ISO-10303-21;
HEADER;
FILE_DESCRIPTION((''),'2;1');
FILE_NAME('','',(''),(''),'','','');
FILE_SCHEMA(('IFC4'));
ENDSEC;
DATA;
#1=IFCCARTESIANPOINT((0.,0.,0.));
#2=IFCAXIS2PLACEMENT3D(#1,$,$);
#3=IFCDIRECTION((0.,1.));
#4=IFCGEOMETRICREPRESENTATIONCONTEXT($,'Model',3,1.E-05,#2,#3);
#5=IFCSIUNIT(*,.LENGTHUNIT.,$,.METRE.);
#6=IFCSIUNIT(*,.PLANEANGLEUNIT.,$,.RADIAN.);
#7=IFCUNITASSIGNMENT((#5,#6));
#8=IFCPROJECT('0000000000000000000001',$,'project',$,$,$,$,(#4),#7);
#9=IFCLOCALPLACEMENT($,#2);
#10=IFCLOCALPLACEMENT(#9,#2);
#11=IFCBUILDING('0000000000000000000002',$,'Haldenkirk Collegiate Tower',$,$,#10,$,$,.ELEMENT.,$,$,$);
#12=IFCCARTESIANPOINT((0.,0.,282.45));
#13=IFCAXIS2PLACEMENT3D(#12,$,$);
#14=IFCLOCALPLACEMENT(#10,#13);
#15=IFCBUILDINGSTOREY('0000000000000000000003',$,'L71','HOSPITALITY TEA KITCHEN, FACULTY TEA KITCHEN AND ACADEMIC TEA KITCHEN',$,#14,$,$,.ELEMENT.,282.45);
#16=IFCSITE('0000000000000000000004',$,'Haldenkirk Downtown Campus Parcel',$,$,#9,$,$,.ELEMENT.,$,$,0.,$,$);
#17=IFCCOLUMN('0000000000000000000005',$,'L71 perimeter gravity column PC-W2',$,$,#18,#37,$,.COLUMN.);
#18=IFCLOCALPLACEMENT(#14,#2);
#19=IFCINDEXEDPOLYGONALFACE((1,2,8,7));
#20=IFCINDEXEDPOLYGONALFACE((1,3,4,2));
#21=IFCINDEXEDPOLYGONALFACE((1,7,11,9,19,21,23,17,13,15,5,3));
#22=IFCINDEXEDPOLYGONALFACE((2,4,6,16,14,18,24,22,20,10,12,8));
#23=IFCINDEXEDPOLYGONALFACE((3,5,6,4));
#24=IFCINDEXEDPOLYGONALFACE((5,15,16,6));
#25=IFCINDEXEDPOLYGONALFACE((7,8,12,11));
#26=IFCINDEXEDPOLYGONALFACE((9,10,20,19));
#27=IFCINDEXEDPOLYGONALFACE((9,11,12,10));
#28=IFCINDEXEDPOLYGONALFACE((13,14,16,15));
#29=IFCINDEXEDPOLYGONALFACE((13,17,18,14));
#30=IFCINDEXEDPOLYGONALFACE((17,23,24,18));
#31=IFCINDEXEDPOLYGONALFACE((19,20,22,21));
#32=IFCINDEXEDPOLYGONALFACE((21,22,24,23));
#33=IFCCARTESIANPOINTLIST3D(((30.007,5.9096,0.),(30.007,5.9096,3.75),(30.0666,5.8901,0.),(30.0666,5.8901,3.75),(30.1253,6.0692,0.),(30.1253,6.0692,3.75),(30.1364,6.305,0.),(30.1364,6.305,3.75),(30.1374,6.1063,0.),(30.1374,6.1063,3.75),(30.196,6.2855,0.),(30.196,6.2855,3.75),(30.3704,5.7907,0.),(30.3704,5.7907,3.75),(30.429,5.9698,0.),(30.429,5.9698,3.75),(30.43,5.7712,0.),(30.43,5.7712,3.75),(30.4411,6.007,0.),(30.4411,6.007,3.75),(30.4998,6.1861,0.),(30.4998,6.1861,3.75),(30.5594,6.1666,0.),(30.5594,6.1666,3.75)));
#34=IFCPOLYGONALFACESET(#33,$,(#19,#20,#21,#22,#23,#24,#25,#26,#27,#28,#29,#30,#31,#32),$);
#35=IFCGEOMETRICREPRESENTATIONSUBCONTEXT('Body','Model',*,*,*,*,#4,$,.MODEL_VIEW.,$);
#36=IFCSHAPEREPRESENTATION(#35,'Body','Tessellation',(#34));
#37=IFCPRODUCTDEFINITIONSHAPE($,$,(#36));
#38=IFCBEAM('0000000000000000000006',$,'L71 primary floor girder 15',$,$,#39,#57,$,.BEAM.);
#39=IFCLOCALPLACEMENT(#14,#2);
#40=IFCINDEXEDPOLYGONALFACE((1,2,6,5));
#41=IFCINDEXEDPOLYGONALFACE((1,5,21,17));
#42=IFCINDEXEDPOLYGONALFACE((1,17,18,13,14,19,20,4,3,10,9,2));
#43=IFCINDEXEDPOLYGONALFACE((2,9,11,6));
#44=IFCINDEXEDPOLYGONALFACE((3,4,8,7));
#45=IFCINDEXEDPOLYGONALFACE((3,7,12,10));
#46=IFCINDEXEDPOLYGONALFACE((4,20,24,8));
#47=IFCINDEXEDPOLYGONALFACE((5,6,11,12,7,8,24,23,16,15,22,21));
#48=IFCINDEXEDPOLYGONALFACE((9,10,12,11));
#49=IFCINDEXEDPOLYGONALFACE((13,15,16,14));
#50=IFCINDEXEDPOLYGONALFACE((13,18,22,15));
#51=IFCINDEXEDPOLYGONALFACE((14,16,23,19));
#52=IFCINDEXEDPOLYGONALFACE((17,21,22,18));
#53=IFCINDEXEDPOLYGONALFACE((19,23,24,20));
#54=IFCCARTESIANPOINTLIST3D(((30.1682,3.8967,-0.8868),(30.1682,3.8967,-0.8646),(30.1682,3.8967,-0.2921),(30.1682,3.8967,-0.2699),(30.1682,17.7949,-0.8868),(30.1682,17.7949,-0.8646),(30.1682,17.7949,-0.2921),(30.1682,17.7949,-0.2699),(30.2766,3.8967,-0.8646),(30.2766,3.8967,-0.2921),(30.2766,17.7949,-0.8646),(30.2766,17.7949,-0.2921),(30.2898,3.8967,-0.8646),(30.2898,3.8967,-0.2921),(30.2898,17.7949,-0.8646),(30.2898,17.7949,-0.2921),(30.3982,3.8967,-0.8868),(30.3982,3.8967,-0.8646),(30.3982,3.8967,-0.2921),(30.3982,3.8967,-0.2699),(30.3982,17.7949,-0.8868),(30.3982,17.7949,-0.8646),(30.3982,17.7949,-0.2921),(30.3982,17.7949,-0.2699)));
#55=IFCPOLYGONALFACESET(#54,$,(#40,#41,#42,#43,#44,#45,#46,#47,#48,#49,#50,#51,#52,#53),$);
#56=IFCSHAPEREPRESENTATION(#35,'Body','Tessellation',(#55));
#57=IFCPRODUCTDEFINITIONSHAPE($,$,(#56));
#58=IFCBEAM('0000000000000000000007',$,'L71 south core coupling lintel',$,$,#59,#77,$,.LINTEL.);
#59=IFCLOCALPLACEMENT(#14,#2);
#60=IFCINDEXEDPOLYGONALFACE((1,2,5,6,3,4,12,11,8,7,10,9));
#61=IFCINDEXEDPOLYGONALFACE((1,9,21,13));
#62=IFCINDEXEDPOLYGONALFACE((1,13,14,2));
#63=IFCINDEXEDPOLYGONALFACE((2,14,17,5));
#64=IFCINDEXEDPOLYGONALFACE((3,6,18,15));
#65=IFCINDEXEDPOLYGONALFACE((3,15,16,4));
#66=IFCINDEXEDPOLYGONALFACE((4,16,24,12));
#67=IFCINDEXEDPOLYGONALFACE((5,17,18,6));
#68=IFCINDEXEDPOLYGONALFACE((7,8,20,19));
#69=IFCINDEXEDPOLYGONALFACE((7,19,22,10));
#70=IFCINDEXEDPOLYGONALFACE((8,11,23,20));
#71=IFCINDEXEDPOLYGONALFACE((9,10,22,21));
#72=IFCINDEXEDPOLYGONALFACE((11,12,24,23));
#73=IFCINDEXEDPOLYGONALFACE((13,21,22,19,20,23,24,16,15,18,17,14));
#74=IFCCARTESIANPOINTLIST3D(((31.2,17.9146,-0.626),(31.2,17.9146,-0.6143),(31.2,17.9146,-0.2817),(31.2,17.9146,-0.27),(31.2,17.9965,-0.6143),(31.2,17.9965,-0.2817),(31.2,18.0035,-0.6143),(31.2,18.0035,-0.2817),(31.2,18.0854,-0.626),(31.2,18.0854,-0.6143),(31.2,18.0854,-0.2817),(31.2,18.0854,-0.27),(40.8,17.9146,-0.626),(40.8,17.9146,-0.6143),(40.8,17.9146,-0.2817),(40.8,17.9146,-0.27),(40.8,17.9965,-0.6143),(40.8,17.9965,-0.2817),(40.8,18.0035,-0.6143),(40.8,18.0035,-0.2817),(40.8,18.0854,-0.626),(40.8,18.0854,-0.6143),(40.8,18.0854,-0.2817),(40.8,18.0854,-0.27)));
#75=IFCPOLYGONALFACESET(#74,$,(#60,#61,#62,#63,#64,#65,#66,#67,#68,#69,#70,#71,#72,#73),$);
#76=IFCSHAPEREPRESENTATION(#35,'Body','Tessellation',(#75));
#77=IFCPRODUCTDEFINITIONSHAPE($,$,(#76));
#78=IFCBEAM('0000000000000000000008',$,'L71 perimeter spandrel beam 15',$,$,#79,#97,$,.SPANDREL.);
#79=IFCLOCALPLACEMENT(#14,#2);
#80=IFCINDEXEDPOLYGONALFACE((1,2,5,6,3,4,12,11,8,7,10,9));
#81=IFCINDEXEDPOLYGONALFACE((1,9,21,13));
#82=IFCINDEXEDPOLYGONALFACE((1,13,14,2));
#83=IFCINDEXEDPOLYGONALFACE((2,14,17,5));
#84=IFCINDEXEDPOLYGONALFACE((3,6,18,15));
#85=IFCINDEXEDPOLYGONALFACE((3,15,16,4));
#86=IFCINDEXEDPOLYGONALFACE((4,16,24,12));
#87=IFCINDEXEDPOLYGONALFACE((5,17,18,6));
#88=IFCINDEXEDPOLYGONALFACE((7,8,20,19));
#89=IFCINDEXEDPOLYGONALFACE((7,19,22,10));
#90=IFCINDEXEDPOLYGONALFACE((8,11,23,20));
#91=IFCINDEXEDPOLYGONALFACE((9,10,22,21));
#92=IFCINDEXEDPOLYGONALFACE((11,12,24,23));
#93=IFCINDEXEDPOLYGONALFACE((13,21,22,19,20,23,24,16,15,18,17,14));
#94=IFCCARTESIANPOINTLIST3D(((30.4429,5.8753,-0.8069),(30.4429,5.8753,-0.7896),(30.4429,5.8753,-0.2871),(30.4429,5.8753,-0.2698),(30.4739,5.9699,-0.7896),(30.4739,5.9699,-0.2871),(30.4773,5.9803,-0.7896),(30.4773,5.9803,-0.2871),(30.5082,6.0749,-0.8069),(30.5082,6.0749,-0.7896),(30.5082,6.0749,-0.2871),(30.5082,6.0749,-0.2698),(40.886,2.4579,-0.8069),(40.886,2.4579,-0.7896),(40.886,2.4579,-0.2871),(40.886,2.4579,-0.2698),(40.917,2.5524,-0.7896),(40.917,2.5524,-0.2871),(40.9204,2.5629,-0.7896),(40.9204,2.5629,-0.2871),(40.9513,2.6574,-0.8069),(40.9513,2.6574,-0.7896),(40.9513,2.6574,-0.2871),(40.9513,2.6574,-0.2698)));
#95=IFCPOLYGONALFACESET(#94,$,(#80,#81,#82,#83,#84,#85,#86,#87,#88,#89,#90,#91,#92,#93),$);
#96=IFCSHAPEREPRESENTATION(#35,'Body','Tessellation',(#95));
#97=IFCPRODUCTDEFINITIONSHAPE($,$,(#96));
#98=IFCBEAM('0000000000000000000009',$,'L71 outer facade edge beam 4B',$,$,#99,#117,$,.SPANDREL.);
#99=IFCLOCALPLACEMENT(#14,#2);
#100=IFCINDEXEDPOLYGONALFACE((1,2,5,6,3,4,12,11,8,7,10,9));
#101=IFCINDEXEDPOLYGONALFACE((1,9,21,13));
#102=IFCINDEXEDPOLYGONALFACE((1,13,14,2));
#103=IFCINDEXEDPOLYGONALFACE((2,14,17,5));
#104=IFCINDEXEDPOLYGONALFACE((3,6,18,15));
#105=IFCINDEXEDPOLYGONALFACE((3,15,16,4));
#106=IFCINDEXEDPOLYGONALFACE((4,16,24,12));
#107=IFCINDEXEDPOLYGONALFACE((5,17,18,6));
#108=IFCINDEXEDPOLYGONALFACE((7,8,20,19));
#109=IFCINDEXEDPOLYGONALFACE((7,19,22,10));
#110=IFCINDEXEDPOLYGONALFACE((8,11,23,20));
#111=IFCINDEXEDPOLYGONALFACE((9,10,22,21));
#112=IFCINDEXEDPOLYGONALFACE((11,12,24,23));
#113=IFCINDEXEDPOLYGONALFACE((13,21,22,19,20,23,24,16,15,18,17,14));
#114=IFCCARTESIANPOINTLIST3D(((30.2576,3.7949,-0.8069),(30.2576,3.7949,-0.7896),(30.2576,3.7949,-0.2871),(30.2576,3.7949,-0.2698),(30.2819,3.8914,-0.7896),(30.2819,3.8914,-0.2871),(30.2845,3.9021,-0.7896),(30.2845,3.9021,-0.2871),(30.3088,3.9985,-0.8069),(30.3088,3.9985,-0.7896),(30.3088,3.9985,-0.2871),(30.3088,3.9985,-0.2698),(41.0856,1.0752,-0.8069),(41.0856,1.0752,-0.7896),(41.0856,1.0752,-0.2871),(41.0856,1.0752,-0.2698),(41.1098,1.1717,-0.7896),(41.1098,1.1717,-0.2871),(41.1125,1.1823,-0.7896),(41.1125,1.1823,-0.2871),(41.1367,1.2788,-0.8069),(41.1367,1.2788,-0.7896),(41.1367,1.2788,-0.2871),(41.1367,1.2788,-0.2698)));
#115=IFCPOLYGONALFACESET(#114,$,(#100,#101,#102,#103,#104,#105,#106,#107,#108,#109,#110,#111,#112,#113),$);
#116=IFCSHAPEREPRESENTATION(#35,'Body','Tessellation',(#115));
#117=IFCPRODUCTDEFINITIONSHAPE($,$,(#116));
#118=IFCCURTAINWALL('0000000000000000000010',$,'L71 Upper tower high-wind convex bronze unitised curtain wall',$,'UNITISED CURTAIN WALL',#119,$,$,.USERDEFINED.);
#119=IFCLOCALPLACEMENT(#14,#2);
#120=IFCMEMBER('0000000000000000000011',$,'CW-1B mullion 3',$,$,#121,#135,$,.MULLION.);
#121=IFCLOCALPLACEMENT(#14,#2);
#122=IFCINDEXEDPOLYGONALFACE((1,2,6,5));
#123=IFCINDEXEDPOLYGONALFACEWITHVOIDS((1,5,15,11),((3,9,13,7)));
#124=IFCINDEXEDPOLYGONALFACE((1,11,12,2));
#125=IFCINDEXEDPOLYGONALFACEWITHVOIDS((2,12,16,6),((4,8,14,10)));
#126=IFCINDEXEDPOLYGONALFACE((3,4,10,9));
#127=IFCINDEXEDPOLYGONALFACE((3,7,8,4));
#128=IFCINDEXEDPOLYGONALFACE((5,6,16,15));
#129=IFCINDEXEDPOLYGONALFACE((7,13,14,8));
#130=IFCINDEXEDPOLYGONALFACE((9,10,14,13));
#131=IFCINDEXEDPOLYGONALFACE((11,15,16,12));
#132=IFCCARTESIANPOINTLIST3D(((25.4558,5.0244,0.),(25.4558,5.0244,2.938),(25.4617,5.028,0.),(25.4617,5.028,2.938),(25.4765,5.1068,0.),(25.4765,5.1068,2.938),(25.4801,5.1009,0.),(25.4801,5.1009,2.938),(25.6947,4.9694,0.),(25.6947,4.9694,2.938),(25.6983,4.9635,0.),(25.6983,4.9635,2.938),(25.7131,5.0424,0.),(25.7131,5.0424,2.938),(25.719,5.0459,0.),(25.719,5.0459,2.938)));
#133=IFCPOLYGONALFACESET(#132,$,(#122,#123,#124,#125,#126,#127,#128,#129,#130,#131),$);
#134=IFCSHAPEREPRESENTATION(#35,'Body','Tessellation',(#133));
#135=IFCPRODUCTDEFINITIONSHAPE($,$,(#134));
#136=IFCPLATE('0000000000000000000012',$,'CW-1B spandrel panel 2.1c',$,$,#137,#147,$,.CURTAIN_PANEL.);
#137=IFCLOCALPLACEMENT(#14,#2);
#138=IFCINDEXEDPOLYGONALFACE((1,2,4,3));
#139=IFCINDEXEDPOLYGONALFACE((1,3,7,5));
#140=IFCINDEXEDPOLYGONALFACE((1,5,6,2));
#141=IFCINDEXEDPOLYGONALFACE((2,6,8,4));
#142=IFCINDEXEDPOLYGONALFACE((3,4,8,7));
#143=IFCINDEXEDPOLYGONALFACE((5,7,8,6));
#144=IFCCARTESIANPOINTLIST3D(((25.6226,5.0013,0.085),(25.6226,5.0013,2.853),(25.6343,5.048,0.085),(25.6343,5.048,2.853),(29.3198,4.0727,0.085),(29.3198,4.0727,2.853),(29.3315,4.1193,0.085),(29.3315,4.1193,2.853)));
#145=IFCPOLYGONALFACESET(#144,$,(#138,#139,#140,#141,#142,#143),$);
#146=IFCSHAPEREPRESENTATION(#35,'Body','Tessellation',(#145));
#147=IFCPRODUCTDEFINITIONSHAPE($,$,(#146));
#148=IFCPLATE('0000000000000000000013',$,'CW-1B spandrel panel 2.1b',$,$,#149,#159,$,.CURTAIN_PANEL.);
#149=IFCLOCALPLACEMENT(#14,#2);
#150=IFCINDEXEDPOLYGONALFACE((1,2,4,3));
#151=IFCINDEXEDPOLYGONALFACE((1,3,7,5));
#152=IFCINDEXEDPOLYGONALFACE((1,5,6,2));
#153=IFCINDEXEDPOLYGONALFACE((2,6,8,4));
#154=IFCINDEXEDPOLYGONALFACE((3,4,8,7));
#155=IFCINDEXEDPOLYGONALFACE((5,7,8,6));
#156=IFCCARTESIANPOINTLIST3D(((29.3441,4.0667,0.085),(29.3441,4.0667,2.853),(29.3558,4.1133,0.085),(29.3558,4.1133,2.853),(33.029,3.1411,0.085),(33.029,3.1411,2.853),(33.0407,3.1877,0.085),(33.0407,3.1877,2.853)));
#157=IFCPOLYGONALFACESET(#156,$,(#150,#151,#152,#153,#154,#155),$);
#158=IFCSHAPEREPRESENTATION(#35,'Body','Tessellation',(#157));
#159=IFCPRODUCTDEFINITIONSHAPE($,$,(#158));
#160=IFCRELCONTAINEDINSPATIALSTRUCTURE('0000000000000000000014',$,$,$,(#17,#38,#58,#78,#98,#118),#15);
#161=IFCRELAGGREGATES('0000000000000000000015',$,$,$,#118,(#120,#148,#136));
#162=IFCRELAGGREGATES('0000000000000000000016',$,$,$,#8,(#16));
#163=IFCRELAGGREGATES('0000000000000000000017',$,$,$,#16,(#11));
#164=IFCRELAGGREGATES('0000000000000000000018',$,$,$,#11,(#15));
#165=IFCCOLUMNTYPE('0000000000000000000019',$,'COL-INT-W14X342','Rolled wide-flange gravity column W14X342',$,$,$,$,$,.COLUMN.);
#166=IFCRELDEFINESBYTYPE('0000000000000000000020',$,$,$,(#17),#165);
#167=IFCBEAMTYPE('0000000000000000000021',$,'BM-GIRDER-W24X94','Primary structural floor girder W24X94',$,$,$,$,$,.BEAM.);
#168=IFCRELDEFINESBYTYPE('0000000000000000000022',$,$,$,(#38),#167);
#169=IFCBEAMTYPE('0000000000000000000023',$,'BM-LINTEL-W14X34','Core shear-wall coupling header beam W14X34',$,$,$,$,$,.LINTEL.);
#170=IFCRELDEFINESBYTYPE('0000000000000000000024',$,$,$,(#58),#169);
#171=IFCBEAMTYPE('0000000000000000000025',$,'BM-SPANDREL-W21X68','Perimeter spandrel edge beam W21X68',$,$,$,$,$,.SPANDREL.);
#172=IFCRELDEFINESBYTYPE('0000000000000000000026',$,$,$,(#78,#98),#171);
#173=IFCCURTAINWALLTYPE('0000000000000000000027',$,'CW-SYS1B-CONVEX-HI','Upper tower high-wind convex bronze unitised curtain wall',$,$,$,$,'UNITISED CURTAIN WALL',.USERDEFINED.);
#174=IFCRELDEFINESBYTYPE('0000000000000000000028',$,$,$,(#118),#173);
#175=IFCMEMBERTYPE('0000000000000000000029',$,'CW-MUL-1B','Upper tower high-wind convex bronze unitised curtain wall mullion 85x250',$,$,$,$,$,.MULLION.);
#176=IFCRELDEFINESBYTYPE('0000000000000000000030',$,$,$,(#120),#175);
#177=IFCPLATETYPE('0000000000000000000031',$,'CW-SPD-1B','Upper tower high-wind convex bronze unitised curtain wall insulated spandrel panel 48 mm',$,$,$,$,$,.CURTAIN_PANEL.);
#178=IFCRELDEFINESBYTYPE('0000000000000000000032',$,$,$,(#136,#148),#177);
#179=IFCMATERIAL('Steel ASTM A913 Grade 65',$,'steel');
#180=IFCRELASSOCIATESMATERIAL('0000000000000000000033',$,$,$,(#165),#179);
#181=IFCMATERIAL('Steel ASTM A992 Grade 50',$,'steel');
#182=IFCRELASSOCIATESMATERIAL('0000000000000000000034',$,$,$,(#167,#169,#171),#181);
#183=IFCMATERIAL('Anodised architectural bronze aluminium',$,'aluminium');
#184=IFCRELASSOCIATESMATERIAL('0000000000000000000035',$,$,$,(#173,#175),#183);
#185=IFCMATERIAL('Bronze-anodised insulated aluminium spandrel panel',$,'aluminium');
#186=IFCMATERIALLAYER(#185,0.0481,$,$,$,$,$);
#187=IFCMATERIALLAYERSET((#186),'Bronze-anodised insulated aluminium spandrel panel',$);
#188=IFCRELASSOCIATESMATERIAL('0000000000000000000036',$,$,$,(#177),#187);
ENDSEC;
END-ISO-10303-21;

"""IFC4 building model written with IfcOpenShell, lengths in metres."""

from ifc_helpers import new_model, si_unit, direction, frame, origin, origin_2d, place, context, subcontext, project, spatial, rectangle, hollow_rectangle, i_section, extrude, source, transform, mapped, material, layer, layer_set, material_profile, profile_set, type_object, element, aggregate, save


model = new_model("IFC4")

# Units and contexts
model_context = context("Model", 3, precision=1e-05, world=origin(), true_north=direction((0.0, 1.0)))
body_context = subcontext(model_context, "Body", "Model", "MODEL_VIEW")
ifc_project = project(units=[si_unit("LENGTHUNIT", "METRE"), si_unit("PLANEANGLEUNIT", "RADIAN")], contexts=[model_context])

# Site, building, storey
site_placement = place(None, origin())
site = spatial("IfcSite", under=ifc_project, at=site_placement, Name="Haldenkirk Downtown Campus Parcel", CompositionType="ELEMENT", RefElevation=0.0)
building_placement = place(site_placement, origin())
building = spatial("IfcBuilding", under=site, at=building_placement, Name="Haldenkirk Collegiate Tower", CompositionType="ELEMENT")
storey_placement = place(building_placement, frame((0.0, 0.0, 282.45)))
storey = spatial("IfcBuildingStorey", under=building, at=storey_placement, Name="L71", Description="HOSPITALITY TEA KITCHEN, FACULTY TEA KITCHEN AND ACADEMIC TEA KITCHEN", CompositionType="ELEMENT", Elevation=282.45)

# Column
ifc_material_1 = material(Name="Steel ASTM A913 Grade 65", Category="steel")
ifc_material_profile_1 = material_profile(ifc_material_1, i_section(OverallWidth=0.416, OverallDepth=0.4451, WebThickness=0.0391, FlangeThickness=0.0627, at=origin_2d()), Name="W14X342")
ifc_profile_set_1 = profile_set([ifc_material_profile_1], Name="Steel ASTM A913 Grade 65")
column_type = type_object("IfcColumnType", Name="COL-INT-W14X342", Description="Rolled wide-flange gravity column W14X342", PredefinedType="COLUMN", material=ifc_profile_set_1)
column_placement = place(storey_placement, frame((30.2832, 6.0381, 0.0), z_axis=(0.0, 0.0, 1.0), x_axis=(0.311008, 0.950407, 0.0)))
element("IfcColumn", 1, at=column_placement, inside=storey, type_object=column_type, Name="L71 perimeter gravity column PC-W2", PredefinedType="COLUMN", context=body_context, shape_type="SweptSolid", body=[
    extrude(i_section(OverallWidth=0.416, OverallDepth=0.4451, WebThickness=0.0391, FlangeThickness=0.0627, at=origin_2d()), origin(), (0.0, 0.0, 1.0), 3.75),
])

# Beams
ifc_material_2 = material(Name="Steel ASTM A992 Grade 50", Category="steel")
ifc_material_profile_2 = material_profile(ifc_material_2, i_section(OverallWidth=0.23, OverallDepth=0.6169, WebThickness=0.0132, FlangeThickness=0.0222, at=origin_2d()), Name="W24X94")
ifc_profile_set_2 = profile_set([ifc_material_profile_2], Name="Steel ASTM A992 Grade 50")
beam_type_1 = type_object("IfcBeamType", Name="BM-GIRDER-W24X94", Description="Primary structural floor girder W24X94", PredefinedType="BEAM", material=ifc_profile_set_2)
beam_1_placement = place(storey_placement, frame((30.2832, 3.8967, -0.5784), z_axis=(0.0, 1.0, 0.0), x_axis=(-1.0, 0.0, 0.0)))
element("IfcBeam", 2, at=beam_1_placement, inside=storey, type_object=beam_type_1, Name="L71 primary floor girder 15", PredefinedType="BEAM", context=body_context, shape_type="SweptSolid", body=[
    extrude(i_section(OverallWidth=0.23, OverallDepth=0.6169, WebThickness=0.0132, FlangeThickness=0.0222, at=origin_2d()), origin(), (0.0, 0.0, 1.0), 13.8982),
])
ifc_material_profile_3 = material_profile(ifc_material_2, i_section(OverallWidth=0.1709, OverallDepth=0.356, WebThickness=0.0071, FlangeThickness=0.0117, at=origin_2d()), Name="W14X34")
ifc_profile_set_3 = profile_set([ifc_material_profile_3], Name="Steel ASTM A992 Grade 50")
beam_type_2 = type_object("IfcBeamType", Name="BM-LINTEL-W14X34", Description="Core shear-wall coupling header beam W14X34", PredefinedType="LINTEL", material=ifc_profile_set_3)
beam_2_placement = place(storey_placement, frame((31.2, 18.0, -0.448), z_axis=(1.0, 0.0, 0.0), x_axis=(0.0, 1.0, 0.0)))
element("IfcBeam", 3, at=beam_2_placement, inside=storey, type_object=beam_type_2, Name="L71 south core coupling lintel", PredefinedType="LINTEL", context=body_context, shape_type="SweptSolid", body=[
    extrude(i_section(OverallWidth=0.1709, OverallDepth=0.356, WebThickness=0.0071, FlangeThickness=0.0117, at=origin_2d()), origin(), (0.0, 0.0, 1.0), 9.6001),
])
ifc_material_profile_4 = material_profile(ifc_material_2, i_section(OverallWidth=0.21, OverallDepth=0.5371, WebThickness=0.011, FlangeThickness=0.0173, at=origin_2d()), Name="W21X68")
ifc_profile_set_4 = profile_set([ifc_material_profile_4], Name="Steel ASTM A992 Grade 50")
beam_type_3 = type_object("IfcBeamType", Name="BM-SPANDREL-W21X68", Description="Perimeter spandrel edge beam W21X68", PredefinedType="SPANDREL", material=ifc_profile_set_4)
beam_3_placement = place(storey_placement, frame((30.4756, 5.9751, -0.5383), z_axis=(0.950404, -0.311017, 0.0), x_axis=(0.311017, 0.950404, 0.0)))
element("IfcBeam", 4, at=beam_3_placement, inside=storey, type_object=beam_type_3, Name="L71 perimeter spandrel beam 15", PredefinedType="SPANDREL", context=body_context, shape_type="SweptSolid", body=[
    extrude(i_section(OverallWidth=0.21, OverallDepth=0.5371, WebThickness=0.011, FlangeThickness=0.0173, at=origin_2d()), origin(), (0.0, 0.0, 1.0), 10.988),
])
beam_4_placement = place(storey_placement, frame((30.2832, 3.8967, -0.5383), z_axis=(0.969873, -0.243611, 0.0), x_axis=(0.243611, 0.969873, 0.0)))
element("IfcBeam", 5, at=beam_4_placement, inside=storey, type_object=beam_type_3, Name="L71 outer facade edge beam 4B", PredefinedType="SPANDREL", context=body_context, shape_type="SweptSolid", body=[
    extrude(i_section(OverallWidth=0.21, OverallDepth=0.5371, WebThickness=0.011, FlangeThickness=0.0173, at=origin_2d()), origin(), (0.0, 0.0, 1.0), 11.1643),
])

# Curtain wall, member, plates
ifc_material_3 = material(Name="Anodised architectural bronze aluminium", Category="aluminium")
curtain_wall_type = type_object("IfcCurtainWallType", Name="CW-SYS1B-CONVEX-HI", Description="Upper tower high-wind convex bronze unitised curtain wall", ElementType="UNITISED CURTAIN WALL", PredefinedType="USERDEFINED", material=ifc_material_3)
curtain_wall_placement = place(storey_placement, origin())
curtain_wall = element("IfcCurtainWall", 6, at=curtain_wall_placement, inside=storey, type_object=curtain_wall_type, Name="L71 Upper tower high-wind convex bronze unitised curtain wall", ObjectType="UNITISED CURTAIN WALL", PredefinedType="USERDEFINED")
ifc_material_profile_5 = material_profile(ifc_material_3, hollow_rectangle(XDim=0.085, YDim=0.25, WallThickness=0.0049, at=origin_2d()), Name="CW-MUL-1B")
ifc_profile_set_5 = profile_set([ifc_material_profile_5], Name="Anodised architectural bronze aluminium")
member_type = type_object("IfcMemberType", Name="CW-MUL-1B", Description="Upper tower high-wind convex bronze unitised curtain wall mullion 85x250", PredefinedType="MULLION", material=ifc_profile_set_5)
member_placement = place(storey_placement, frame((25.5874, 5.0352, 0.0), z_axis=(0.0, 0.0, 1.0), x_axis=(-0.243611, -0.969873, 0.0)))
member = element("IfcMember", 7, at=member_placement, type_object=member_type, Name="CW-1B mullion 3", PredefinedType="MULLION", context=body_context, shape_type="SweptSolid", body=[
    extrude(hollow_rectangle(XDim=0.085, YDim=0.25, WallThickness=0.0049, at=origin_2d()), origin(), (0.0, 0.0, 1.0), 2.938),
])
ifc_material_4 = material(Name="Bronze-anodised insulated aluminium spandrel panel", Category="aluminium")
ifc_layer_1 = layer(ifc_material_4, 0.0481)
ifc_layer_set_1 = layer_set([ifc_layer_1], Name="Bronze-anodised insulated aluminium spandrel panel")
plate_type = type_object("IfcPlateType", Name="CW-SPD-1B", Description="Upper tower high-wind convex bronze unitised curtain wall insulated spandrel panel 48 mm", PredefinedType="CURTAIN_PANEL", material=ifc_layer_set_1)
shared_shape_1 = source(origin(), body_context, "Body", "SweptSolid", [
    extrude(rectangle(XDim=3.812, YDim=0.0481, at=origin_2d()), origin(), (0.0, 0.0, 1.0), 2.7681),
])
plate_1_placement = place(storey_placement, frame((27.4771, 4.5603, 0.085), z_axis=(0.0, 0.0, 1.0), x_axis=(-0.969873, 0.243611, 0.0)))
plate_1 = element("IfcPlate", 8, at=plate_1_placement, type_object=plate_type, Name="CW-1B spandrel panel 2.1c", PredefinedType="CURTAIN_PANEL", context=body_context, shape_type="MappedRepresentation", body=[
    mapped(shared_shape_1, transform((0.0, 0.0, 0.0), x_axis=(1.0, 0.0, 0.0), y_axis=(0.0, 1.0, 0.0), z_axis=(0.0, 0.0, 1.0), scale=1.0)),
])
shared_shape_2 = source(origin(), body_context, "Body", "SweptSolid", [
    extrude(rectangle(XDim=3.7993, YDim=0.0481, at=origin_2d()), origin(), (0.0, 0.0, 1.0), 2.7681),
])
plate_2_placement = place(storey_placement, frame((31.1924, 3.6272, 0.085), z_axis=(0.0, 0.0, 1.0), x_axis=(-0.969873, 0.243611, 0.0)))
plate_2 = element("IfcPlate", 9, at=plate_2_placement, type_object=plate_type, Name="CW-1B spandrel panel 2.1b", PredefinedType="CURTAIN_PANEL", context=body_context, shape_type="MappedRepresentation", body=[
    mapped(shared_shape_2, transform((0.0, 0.0, 0.0), x_axis=(1.0, 0.0, 0.0), y_axis=(0.0, 1.0, 0.0), z_axis=(0.0, 0.0, 1.0), scale=1.0)),
])
aggregate(curtain_wall, [member, plate_2, plate_1])

save(model, "model.ifc")
